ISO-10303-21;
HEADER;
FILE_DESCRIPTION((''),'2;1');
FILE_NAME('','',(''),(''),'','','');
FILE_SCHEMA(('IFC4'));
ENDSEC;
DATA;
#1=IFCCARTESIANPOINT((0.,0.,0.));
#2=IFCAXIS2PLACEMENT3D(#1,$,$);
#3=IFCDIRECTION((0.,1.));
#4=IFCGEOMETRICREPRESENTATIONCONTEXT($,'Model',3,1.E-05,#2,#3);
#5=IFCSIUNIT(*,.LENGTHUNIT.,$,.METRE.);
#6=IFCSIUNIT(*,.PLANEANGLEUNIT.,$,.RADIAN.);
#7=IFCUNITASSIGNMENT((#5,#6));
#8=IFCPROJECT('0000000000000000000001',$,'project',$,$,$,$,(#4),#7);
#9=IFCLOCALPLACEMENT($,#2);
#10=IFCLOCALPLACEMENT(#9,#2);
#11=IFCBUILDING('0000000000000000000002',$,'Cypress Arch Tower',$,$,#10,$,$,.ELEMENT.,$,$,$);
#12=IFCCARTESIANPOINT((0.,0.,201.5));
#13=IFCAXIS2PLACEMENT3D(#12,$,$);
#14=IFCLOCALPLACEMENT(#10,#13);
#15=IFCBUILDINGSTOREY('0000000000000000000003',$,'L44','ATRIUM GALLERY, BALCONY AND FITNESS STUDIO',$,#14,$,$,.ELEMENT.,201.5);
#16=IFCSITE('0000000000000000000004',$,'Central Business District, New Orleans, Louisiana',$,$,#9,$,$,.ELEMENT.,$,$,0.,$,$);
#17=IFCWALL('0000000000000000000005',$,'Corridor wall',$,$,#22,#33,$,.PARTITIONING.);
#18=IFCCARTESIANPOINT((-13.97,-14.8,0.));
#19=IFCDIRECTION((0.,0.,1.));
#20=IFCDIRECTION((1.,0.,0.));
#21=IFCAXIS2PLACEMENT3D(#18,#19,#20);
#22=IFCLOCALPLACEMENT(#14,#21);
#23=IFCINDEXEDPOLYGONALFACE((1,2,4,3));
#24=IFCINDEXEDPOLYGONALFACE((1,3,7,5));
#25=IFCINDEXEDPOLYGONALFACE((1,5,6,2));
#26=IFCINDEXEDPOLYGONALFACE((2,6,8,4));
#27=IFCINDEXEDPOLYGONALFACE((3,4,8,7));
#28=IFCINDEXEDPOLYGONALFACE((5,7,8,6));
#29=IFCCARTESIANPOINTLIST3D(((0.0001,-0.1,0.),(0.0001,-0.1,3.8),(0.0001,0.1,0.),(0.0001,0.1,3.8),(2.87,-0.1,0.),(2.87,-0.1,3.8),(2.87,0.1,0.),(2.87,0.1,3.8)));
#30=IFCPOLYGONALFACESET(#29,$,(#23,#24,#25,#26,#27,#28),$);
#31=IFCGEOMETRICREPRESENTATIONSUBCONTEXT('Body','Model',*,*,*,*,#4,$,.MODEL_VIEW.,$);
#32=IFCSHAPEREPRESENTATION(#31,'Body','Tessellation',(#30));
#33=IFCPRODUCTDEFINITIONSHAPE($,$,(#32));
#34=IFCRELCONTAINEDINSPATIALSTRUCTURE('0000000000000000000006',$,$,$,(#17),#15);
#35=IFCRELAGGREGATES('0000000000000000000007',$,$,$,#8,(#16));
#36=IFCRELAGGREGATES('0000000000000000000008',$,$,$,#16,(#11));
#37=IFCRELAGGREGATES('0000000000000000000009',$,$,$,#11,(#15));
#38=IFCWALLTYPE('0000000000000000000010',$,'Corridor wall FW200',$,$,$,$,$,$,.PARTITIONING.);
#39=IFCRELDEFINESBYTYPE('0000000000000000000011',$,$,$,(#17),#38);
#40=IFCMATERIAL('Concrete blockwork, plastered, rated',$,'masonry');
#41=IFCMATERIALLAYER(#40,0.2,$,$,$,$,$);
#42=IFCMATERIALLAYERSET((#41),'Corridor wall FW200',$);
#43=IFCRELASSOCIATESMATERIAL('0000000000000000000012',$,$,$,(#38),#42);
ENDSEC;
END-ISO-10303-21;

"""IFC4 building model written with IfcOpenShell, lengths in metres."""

from ifc_helpers import new_model, si_unit, direction, frame, frame_2d, origin, place, context, subcontext, project, spatial, rectangle, extrude, material, layer, layer_set, type_object, element, save


model = new_model("IFC4")

# Units and contexts
model_context = context("Model", 3, precision=1e-05, world=origin(), true_north=direction((0.0, 1.0)))
body_context = subcontext(model_context, "Body", "Model", "MODEL_VIEW")
ifc_project = project(units=[si_unit("LENGTHUNIT", "METRE"), si_unit("PLANEANGLEUNIT", "RADIAN")], contexts=[model_context])

# Site, building, storey
site_placement = place(None, origin())
site = spatial("IfcSite", under=ifc_project, at=site_placement, Name="Central Business District, New Orleans, Louisiana", CompositionType="ELEMENT", RefElevation=0.0)
building_placement = place(site_placement, origin())
building = spatial("IfcBuilding", under=site, at=building_placement, Name="Cypress Arch Tower", CompositionType="ELEMENT")
storey_placement = place(building_placement, frame((0.0, 0.0, 201.5)))
storey = spatial("IfcBuildingStorey", under=building, at=storey_placement, Name="L44", Description="ATRIUM GALLERY, BALCONY AND FITNESS STUDIO", CompositionType="ELEMENT", Elevation=201.5)

# Wall
ifc_material_1 = material(Name="Concrete blockwork, plastered, rated", Category="masonry")
ifc_layer_1 = layer(ifc_material_1, 0.2)
ifc_layer_set_1 = layer_set([ifc_layer_1], Name="Corridor wall FW200")
wall_type_1 = type_object("IfcWallType", Name="Corridor wall FW200", PredefinedType="PARTITIONING", material=ifc_layer_set_1)
wall_1_placement = place(storey_placement, frame((-13.97, -14.8, 0.0), z_axis=(0.0, 0.0, 1.0), x_axis=(1.0, 0.0, 0.0)))
element("IfcWall", 1, at=wall_1_placement, inside=storey, type_object=wall_type_1, Name="Corridor wall", PredefinedType="PARTITIONING", context=body_context, shape_type="SweptSolid", body=[
    extrude(rectangle(XDim=2.8699, YDim=0.2, at=frame_2d((1.4351, 0.0))), origin(), (0.0, 0.0, 1.0), 3.8),
])

save(model, "model.ifc")
